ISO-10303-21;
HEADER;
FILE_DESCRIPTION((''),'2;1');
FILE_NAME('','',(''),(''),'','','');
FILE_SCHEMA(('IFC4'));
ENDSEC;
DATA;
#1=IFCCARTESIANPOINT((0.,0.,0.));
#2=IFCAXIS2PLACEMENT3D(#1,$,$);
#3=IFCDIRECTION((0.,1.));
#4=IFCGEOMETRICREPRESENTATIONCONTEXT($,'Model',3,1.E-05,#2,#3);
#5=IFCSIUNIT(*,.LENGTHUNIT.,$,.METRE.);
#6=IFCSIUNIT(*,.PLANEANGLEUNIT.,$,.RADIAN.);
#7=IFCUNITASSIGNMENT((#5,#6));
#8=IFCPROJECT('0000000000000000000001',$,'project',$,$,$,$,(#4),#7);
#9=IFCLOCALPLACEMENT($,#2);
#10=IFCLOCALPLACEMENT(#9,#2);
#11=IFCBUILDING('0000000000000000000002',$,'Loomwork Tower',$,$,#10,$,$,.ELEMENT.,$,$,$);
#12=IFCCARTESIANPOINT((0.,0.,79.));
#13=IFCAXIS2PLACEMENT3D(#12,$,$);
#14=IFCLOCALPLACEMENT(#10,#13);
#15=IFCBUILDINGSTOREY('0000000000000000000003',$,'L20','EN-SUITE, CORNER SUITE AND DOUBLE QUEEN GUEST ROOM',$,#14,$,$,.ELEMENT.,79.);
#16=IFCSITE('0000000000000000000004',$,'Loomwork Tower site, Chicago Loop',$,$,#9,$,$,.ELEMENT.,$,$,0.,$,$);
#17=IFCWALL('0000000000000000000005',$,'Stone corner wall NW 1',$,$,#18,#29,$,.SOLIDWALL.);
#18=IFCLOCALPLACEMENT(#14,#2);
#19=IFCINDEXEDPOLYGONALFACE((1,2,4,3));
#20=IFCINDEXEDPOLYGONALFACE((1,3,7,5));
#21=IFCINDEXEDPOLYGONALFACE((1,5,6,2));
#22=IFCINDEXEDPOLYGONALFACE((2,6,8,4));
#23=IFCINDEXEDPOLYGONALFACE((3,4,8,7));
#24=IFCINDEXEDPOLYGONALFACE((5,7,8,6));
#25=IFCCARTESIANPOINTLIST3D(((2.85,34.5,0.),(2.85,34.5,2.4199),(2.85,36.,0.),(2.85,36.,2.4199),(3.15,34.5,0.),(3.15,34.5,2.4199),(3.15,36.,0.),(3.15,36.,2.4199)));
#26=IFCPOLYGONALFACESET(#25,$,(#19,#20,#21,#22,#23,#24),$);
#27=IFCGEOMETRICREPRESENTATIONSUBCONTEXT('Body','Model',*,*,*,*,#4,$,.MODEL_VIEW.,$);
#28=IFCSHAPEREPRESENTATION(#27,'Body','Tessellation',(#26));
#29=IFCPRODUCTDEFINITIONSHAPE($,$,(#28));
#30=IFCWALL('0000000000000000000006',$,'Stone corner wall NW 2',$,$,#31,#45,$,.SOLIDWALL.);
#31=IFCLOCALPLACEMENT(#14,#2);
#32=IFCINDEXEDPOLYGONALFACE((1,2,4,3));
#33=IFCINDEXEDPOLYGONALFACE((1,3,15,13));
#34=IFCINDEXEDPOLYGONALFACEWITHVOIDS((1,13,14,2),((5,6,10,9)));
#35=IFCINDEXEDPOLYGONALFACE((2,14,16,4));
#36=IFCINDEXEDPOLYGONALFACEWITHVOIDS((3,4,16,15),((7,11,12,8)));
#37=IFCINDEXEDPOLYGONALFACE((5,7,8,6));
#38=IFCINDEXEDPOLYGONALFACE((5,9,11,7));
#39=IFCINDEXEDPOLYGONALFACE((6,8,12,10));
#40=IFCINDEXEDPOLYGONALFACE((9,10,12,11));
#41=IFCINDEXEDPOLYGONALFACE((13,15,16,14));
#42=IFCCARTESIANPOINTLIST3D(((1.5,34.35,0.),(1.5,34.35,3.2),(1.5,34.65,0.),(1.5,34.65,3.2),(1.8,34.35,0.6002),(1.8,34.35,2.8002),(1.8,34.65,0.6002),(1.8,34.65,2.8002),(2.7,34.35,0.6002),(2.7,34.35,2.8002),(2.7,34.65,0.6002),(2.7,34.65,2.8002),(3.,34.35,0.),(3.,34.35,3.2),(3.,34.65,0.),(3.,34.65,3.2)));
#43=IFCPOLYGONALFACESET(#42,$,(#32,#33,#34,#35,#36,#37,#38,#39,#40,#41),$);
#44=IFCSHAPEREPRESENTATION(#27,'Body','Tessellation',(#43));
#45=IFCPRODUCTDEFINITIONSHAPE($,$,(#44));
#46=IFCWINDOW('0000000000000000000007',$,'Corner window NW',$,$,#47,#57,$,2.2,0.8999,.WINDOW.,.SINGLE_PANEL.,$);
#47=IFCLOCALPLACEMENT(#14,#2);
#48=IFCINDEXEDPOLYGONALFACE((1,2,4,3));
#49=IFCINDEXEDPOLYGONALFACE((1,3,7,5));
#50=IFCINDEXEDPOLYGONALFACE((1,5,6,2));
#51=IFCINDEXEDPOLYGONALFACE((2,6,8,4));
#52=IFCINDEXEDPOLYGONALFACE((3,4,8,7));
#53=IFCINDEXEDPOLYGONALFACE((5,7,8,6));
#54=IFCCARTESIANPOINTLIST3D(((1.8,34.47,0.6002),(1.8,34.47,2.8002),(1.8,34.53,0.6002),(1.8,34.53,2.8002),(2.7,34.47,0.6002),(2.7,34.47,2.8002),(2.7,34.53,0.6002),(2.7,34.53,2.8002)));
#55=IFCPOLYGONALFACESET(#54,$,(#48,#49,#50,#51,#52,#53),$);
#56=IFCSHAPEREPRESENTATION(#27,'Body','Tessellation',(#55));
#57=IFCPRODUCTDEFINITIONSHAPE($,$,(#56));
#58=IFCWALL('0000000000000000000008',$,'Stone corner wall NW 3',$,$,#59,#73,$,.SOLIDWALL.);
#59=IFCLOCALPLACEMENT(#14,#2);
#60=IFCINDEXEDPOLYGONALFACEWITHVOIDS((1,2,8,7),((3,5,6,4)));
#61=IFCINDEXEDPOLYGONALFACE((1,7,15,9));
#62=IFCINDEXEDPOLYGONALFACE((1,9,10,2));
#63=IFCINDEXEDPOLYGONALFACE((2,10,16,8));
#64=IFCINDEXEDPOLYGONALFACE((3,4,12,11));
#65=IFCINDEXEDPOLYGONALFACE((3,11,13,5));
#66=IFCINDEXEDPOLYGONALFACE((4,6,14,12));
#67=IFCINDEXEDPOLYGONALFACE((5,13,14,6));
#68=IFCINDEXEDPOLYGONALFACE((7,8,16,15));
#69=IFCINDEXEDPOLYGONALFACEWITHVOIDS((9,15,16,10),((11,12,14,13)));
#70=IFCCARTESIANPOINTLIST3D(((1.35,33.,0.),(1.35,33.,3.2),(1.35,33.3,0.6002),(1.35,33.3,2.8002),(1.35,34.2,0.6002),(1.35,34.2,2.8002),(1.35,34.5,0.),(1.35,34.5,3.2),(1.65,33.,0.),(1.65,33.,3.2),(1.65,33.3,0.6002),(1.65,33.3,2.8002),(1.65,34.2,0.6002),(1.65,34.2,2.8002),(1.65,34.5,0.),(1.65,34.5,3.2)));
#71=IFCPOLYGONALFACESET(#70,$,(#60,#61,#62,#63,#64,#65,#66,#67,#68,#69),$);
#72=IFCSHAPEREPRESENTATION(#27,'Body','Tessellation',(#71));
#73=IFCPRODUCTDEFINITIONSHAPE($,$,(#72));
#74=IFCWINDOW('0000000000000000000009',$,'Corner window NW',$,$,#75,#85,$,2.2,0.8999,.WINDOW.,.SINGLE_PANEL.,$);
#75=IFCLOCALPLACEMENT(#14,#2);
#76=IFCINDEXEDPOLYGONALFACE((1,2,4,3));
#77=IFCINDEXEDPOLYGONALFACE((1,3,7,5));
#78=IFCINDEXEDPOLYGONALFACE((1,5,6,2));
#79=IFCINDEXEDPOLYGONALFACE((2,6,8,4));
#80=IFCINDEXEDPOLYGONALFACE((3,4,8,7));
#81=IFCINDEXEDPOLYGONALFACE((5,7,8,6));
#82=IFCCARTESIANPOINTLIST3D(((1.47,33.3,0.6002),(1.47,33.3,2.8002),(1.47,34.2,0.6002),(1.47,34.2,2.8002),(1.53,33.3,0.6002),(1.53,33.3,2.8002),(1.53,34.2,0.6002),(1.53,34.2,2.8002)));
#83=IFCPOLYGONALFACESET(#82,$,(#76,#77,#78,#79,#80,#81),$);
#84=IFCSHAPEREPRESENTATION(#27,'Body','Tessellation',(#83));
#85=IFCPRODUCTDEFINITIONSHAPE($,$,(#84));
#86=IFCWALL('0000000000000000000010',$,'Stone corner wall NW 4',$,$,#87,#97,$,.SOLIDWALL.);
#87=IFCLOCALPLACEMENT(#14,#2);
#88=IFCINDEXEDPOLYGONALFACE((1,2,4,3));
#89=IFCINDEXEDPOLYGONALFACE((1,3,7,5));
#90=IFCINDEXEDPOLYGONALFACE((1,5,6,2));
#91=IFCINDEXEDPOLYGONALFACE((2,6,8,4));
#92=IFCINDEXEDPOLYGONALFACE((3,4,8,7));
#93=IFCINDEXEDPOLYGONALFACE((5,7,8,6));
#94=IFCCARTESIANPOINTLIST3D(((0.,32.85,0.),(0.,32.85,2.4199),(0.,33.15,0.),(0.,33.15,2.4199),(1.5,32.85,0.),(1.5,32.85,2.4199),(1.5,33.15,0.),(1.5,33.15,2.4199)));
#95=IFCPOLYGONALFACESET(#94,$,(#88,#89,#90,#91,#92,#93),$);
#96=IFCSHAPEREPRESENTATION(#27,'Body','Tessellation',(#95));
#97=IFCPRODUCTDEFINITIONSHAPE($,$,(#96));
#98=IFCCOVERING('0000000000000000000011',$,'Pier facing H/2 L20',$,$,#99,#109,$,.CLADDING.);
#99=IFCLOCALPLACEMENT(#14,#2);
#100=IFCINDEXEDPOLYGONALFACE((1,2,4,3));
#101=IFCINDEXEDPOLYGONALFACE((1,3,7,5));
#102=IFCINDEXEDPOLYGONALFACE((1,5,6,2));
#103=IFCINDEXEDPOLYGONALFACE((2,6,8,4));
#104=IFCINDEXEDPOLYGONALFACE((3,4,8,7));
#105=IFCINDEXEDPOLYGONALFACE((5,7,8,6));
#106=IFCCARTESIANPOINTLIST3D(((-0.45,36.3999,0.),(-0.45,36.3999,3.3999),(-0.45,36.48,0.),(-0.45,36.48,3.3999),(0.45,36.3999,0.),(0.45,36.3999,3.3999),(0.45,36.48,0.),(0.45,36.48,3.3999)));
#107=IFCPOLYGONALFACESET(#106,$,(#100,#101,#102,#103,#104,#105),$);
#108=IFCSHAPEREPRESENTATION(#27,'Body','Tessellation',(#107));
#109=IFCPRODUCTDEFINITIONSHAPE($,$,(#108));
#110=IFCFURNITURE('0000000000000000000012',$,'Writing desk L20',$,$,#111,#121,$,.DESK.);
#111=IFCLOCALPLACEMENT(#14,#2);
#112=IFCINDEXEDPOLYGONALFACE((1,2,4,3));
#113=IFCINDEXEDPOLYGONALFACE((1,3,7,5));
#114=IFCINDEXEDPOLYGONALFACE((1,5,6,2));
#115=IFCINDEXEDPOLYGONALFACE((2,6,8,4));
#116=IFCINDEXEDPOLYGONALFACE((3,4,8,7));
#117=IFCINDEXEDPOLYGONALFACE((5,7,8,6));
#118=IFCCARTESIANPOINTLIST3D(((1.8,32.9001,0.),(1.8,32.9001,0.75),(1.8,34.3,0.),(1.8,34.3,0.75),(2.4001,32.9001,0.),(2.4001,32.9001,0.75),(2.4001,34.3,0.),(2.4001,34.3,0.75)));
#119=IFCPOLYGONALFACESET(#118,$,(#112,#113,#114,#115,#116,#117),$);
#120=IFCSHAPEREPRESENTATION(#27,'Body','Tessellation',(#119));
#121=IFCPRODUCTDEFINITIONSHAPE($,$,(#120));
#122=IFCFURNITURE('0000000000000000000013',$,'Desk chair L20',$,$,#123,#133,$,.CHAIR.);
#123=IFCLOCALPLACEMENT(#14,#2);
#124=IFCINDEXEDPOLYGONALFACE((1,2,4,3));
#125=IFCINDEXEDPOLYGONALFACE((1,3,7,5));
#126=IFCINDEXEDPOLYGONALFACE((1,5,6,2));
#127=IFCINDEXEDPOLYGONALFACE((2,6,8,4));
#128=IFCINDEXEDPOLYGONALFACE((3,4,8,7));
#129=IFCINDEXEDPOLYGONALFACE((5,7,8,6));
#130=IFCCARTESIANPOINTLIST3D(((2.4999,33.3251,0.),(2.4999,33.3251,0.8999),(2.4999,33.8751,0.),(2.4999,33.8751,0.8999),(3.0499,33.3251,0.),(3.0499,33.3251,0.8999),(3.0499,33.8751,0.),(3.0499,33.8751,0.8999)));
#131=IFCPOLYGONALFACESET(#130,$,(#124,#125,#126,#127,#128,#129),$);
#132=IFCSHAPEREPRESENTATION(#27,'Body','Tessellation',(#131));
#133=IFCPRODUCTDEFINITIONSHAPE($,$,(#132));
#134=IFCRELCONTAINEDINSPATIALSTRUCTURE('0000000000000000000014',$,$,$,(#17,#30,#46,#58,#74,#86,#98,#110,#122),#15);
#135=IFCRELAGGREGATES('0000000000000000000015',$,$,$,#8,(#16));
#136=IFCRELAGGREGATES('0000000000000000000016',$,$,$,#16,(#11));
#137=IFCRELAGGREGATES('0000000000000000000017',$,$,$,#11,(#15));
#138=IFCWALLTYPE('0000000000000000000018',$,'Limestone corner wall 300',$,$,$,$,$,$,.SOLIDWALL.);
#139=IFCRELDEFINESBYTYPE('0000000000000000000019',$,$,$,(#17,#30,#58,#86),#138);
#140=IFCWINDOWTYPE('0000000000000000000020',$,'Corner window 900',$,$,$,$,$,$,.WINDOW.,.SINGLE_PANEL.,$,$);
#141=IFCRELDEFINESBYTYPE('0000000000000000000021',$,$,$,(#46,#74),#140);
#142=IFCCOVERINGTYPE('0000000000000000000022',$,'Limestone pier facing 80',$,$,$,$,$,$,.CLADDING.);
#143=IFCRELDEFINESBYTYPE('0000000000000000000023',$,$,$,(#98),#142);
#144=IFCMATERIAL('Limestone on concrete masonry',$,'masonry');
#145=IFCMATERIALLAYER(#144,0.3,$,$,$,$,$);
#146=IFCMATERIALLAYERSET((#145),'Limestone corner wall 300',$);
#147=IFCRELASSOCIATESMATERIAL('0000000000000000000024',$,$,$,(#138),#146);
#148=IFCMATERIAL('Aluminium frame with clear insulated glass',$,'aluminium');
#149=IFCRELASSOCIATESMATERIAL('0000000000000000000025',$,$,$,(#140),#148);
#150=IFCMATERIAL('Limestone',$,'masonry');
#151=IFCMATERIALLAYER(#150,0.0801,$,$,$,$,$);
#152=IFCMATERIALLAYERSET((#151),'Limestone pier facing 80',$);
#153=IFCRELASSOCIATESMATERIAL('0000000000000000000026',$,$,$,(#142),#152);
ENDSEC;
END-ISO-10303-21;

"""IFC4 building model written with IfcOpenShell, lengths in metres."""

from ifc_helpers import new_model, si_unit, direction, frame, frame_2d, origin, origin_2d, place, context, subcontext, project, spatial, rectangle, extrude, material, layer, layer_set, type_object, element, fill, save


model = new_model("IFC4")

# Units and contexts
model_context = context("Model", 3, precision=1e-05, world=origin(), true_north=direction((0.0, 1.0)))
body_context = subcontext(model_context, "Body", "Model", "MODEL_VIEW")
ifc_project = project(units=[si_unit("LENGTHUNIT", "METRE"), si_unit("PLANEANGLEUNIT", "RADIAN")], contexts=[model_context])

# Site, building, storey
site_placement = place(None, origin())
site = spatial("IfcSite", under=ifc_project, at=site_placement, Name="Loomwork Tower site, Chicago Loop", CompositionType="ELEMENT", RefElevation=0.0)
building_placement = place(site_placement, origin())
building = spatial("IfcBuilding", under=site, at=building_placement, Name="Loomwork Tower", CompositionType="ELEMENT")
storey_placement = place(building_placement, frame((0.0, 0.0, 79.0)))
storey = spatial("IfcBuildingStorey", under=building, at=storey_placement, Name="L20", Description="EN-SUITE, CORNER SUITE AND DOUBLE QUEEN GUEST ROOM", CompositionType="ELEMENT", Elevation=79.0)

# Wall
ifc_material_1 = material(Name="Limestone on concrete masonry", Category="masonry")
ifc_layer_1 = layer(ifc_material_1, 0.3)
ifc_layer_set_1 = layer_set([ifc_layer_1], Name="Limestone corner wall 300")
wall_type_1 = type_object("IfcWallType", Name="Limestone corner wall 300", PredefinedType="SOLIDWALL", material=ifc_layer_set_1)
wall_1_placement = place(storey_placement, frame((3.0, 36.0, 0.0), z_axis=(0.0, 0.0, 1.0), x_axis=(0.0, -1.0, 0.0)))
element("IfcWall", 1, at=wall_1_placement, inside=storey, type_object=wall_type_1, Name="Stone corner wall NW 1", PredefinedType="SOLIDWALL", context=body_context, shape_type="SweptSolid", body=[
    extrude(rectangle(XDim=1.5, YDim=0.3, at=frame_2d((0.75, 0.0))), origin(), (0.0, 0.0, 1.0), 2.4199),
])

# Walls, openings, windows
wall_2_placement = place(storey_placement, frame((3.0, 34.5, 0.0), z_axis=(0.0, 0.0, 1.0), x_axis=(-1.0, 0.0, 0.0)))
wall_2 = element("IfcWall", 2, at=wall_2_placement, inside=storey, type_object=wall_type_1, Name="Stone corner wall NW 2", PredefinedType="SOLIDWALL", context=body_context, shape_type="SweptSolid", body=[
    extrude(rectangle(XDim=1.5, YDim=0.3, at=frame_2d((0.75, 0.0))), origin(), (0.0, 0.0, 1.0), 3.2),
])
opening_1_placement = place(wall_2_placement, frame((0.3, 0.0, 0.6001)))
opening_1 = element("IfcOpeningElement", 3, at=opening_1_placement, cuts=wall_2, PredefinedType="OPENING", context=body_context, shape_type="SweptSolid", body=[
    extrude(rectangle(XDim=0.8999, YDim=2.2, at=frame_2d((0.45, 1.1001))), frame((0.0, 0.1599, 0.0), z_axis=(0.0, -1.0, 0.0), x_axis=(1.0, 0.0, 0.0)), (0.0, 0.0, 1.0), 0.3201),
])
ifc_material_2 = material(Name="Aluminium frame with clear insulated glass", Category="aluminium")
window_type_1 = type_object("IfcWindowType", Name="Corner window 900", PartitioningType="SINGLE_PANEL", PredefinedType="WINDOW", material=ifc_material_2)
window_1_placement = place(opening_1_placement, origin())
window_1 = element("IfcWindow", 4, at=window_1_placement, inside=storey, type_object=window_type_1, Name="Corner window NW", OverallHeight=2.2, OverallWidth=0.8999, PartitioningType="SINGLE_PANEL", PredefinedType="WINDOW", context=body_context, shape_type="SweptSolid", body=[
    extrude(rectangle(XDim=0.8999, YDim=2.2, at=frame_2d((0.45, 1.1001))), frame((0.0, 0.03, 0.0), z_axis=(0.0, -1.0, 0.0), x_axis=(1.0, 0.0, 0.0)), (0.0, 0.0, 1.0), 0.0601),
])
fill(opening_1, window_1)
wall_3_placement = place(storey_placement, frame((1.5, 34.5, 0.0), z_axis=(0.0, 0.0, 1.0), x_axis=(0.0, -1.0, 0.0)))
wall_3 = element("IfcWall", 5, at=wall_3_placement, inside=storey, type_object=wall_type_1, Name="Stone corner wall NW 3", PredefinedType="SOLIDWALL", context=body_context, shape_type="SweptSolid", body=[
    extrude(rectangle(XDim=1.5, YDim=0.3, at=frame_2d((0.75, 0.0))), origin(), (0.0, 0.0, 1.0), 3.2),
])
opening_2_placement = place(wall_3_placement, frame((0.3, 0.0, 0.6001)))
opening_2 = element("IfcOpeningElement", 6, at=opening_2_placement, cuts=wall_3, PredefinedType="OPENING", context=body_context, shape_type="SweptSolid", body=[
    extrude(rectangle(XDim=0.8999, YDim=2.2, at=frame_2d((0.45, 1.1001))), frame((0.0, 0.1599, 0.0), z_axis=(0.0, -1.0, 0.0), x_axis=(1.0, 0.0, 0.0)), (0.0, 0.0, 1.0), 0.3201),
])
window_2_placement = place(opening_2_placement, origin())
window_2 = element("IfcWindow", 7, at=window_2_placement, inside=storey, type_object=window_type_1, Name="Corner window NW", OverallHeight=2.2, OverallWidth=0.8999, PartitioningType="SINGLE_PANEL", PredefinedType="WINDOW", context=body_context, shape_type="SweptSolid", body=[
    extrude(rectangle(XDim=0.8999, YDim=2.2, at=frame_2d((0.45, 1.1001))), frame((0.0, 0.03, 0.0), z_axis=(0.0, -1.0, 0.0), x_axis=(1.0, 0.0, 0.0)), (0.0, 0.0, 1.0), 0.0601),
])
fill(opening_2, window_2)

# Wall
wall_4_placement = place(storey_placement, frame((1.5, 33.0, 0.0), z_axis=(0.0, 0.0, 1.0), x_axis=(-1.0, 0.0, 0.0)))
element("IfcWall", 8, at=wall_4_placement, inside=storey, type_object=wall_type_1, Name="Stone corner wall NW 4", PredefinedType="SOLIDWALL", context=body_context, shape_type="SweptSolid", body=[
    extrude(rectangle(XDim=1.5, YDim=0.3, at=frame_2d((0.75, 0.0))), origin(), (0.0, 0.0, 1.0), 2.4199),
])

# Covering
ifc_material_3 = material(Name="Limestone", Category="masonry")
ifc_layer_2 = layer(ifc_material_3, 0.0801)
ifc_layer_set_2 = layer_set([ifc_layer_2], Name="Limestone pier facing 80")
covering_type = type_object("IfcCoveringType", Name="Limestone pier facing 80", PredefinedType="CLADDING", material=ifc_layer_set_2)
covering_placement = place(storey_placement, frame((0.0, 36.4399, 0.0), z_axis=(0.0, 0.0, 1.0), x_axis=(1.0, 0.0, 0.0)))
element("IfcCovering", 9, at=covering_placement, inside=storey, type_object=covering_type, Name="Pier facing H/2 L20", PredefinedType="CLADDING", context=body_context, shape_type="SweptSolid", body=[
    extrude(rectangle(XDim=0.8999, YDim=0.0801, at=origin_2d()), origin(), (0.0, 0.0, 1.0), 3.3999),
])

# Furniture
furniture_1_placement = place(storey_placement, frame((2.1001, 33.6001, 0.0), z_axis=(0.0, 0.0, 1.0), x_axis=(1.0, 0.0, 0.0)))
element("IfcFurniture", 10, at=furniture_1_placement, inside=storey, Name="Writing desk L20", PredefinedType="DESK", context=body_context, shape_type="SweptSolid", body=[
    extrude(rectangle(XDim=0.6001, YDim=1.3999, at=origin_2d()), origin(), (0.0, 0.0, 1.0), 0.75),
])
furniture_2_placement = place(storey_placement, frame((2.7749, 33.6001, 0.0), z_axis=(0.0, 0.0, 1.0), x_axis=(1.0, 0.0, 0.0)))
element("IfcFurniture", 11, at=furniture_2_placement, inside=storey, Name="Desk chair L20", PredefinedType="CHAIR", context=body_context, shape_type="SweptSolid", body=[
    extrude(rectangle(XDim=0.55, YDim=0.55, at=origin_2d()), origin(), (0.0, 0.0, 1.0), 0.8999),
])

save(model, "model.ifc")
